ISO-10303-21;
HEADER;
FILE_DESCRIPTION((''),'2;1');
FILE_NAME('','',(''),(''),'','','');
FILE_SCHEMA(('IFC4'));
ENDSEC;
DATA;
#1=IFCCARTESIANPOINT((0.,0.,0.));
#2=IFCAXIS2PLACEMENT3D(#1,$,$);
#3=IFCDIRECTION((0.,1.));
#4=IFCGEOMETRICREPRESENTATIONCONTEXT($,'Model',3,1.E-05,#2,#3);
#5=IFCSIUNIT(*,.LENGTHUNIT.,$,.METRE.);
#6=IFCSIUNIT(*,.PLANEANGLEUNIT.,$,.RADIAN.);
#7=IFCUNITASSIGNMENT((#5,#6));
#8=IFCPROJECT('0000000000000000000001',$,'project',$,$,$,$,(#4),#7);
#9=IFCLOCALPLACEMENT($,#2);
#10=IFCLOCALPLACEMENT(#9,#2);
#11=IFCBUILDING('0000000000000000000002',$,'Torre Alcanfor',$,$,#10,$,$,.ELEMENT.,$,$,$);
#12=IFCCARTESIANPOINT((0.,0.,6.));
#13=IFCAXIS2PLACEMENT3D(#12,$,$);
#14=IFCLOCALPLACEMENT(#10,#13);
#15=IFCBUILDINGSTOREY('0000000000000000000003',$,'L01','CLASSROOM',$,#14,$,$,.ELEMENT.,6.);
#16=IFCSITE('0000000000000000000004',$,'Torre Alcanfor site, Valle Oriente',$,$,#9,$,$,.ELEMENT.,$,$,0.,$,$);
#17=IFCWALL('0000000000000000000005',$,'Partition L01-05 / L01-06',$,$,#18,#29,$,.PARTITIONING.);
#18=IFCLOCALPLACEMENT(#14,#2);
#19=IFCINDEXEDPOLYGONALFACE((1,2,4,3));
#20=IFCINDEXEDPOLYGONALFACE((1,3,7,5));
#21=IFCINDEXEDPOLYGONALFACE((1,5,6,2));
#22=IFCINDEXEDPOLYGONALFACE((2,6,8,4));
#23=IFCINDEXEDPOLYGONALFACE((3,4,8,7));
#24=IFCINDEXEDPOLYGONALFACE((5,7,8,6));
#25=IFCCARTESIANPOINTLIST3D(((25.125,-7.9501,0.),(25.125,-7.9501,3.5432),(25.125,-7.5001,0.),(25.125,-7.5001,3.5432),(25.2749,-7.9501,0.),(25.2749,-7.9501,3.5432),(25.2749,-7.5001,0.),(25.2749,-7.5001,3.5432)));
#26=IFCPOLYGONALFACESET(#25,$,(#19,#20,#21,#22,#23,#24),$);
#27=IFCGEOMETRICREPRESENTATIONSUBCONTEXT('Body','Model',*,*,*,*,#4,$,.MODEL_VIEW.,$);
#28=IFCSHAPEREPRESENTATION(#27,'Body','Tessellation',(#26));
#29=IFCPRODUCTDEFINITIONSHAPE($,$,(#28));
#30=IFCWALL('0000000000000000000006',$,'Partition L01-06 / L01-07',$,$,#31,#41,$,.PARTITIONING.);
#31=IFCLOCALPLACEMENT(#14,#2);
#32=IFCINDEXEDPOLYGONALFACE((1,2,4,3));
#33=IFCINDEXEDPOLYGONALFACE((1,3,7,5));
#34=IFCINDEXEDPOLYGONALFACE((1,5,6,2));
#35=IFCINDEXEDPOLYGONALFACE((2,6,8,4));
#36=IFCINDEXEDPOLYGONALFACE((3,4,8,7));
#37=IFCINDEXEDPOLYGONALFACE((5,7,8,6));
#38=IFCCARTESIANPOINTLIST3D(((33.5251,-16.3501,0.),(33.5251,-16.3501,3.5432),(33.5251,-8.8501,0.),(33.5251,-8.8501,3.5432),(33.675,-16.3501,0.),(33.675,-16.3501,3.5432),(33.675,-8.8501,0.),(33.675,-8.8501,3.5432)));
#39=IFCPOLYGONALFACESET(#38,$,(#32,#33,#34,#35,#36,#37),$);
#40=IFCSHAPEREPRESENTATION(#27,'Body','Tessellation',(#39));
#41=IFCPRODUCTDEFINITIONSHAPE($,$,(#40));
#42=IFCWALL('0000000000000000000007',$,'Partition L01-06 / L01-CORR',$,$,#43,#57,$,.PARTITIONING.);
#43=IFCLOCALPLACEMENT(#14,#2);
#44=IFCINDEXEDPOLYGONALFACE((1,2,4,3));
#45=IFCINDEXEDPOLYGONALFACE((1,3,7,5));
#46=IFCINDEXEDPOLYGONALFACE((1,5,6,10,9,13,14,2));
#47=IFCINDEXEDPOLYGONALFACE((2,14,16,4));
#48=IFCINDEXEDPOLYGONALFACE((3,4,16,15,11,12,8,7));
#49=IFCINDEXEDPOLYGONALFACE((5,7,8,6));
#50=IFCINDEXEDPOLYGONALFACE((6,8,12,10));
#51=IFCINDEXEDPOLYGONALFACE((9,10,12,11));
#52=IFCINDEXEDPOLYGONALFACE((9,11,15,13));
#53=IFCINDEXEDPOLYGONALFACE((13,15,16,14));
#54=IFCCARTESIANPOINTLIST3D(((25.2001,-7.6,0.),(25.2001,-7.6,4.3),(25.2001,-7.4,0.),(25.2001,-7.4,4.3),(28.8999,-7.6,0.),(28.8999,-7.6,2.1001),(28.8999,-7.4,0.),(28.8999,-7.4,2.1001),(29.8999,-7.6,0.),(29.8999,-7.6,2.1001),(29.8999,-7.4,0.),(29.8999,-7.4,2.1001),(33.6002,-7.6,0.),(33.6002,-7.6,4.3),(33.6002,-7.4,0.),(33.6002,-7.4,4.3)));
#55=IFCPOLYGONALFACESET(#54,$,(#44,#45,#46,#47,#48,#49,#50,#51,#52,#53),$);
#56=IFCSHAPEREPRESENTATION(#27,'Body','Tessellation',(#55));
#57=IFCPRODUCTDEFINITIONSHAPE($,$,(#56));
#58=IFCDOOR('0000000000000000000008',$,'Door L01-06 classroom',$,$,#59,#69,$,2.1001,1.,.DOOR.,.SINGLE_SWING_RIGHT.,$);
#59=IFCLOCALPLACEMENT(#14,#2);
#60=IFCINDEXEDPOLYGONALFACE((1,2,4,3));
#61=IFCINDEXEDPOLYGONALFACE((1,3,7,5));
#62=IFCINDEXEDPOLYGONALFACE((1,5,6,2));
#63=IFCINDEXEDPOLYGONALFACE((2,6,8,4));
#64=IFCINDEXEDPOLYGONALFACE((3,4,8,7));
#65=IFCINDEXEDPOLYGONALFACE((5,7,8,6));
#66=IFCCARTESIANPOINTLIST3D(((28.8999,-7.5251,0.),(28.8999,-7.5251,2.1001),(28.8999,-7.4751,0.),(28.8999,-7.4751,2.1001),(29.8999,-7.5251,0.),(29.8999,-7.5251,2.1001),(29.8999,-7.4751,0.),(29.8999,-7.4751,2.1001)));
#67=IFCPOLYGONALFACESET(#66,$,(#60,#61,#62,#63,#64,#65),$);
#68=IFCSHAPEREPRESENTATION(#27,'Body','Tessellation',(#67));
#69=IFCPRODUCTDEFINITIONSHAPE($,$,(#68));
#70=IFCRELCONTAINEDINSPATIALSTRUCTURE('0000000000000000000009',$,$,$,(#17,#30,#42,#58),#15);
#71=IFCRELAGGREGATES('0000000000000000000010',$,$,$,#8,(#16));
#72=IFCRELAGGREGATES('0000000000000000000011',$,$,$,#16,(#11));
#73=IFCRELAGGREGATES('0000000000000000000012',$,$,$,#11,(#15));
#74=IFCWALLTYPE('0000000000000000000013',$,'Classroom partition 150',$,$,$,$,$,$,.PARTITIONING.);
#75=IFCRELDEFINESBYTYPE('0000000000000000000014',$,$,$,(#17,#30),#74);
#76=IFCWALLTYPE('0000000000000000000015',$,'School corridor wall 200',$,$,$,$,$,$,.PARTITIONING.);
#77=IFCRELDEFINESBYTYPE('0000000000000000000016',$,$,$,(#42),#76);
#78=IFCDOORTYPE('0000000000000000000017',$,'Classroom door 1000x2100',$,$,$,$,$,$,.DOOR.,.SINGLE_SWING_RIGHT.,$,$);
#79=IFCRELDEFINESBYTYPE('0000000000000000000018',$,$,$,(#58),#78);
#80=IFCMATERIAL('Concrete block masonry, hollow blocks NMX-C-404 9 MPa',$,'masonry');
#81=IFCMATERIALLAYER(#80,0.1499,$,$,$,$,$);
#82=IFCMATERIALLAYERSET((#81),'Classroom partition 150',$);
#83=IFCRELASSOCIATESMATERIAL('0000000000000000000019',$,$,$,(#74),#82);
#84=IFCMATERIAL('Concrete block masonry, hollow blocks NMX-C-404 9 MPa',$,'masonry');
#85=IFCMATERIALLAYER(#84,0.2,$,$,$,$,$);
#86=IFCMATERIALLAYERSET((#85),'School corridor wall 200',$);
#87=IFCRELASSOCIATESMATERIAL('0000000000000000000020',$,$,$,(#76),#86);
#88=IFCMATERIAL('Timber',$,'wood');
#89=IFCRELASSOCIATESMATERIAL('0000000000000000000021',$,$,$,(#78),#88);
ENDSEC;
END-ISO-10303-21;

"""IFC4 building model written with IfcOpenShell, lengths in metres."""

from ifc_helpers import new_model, si_unit, direction, frame, frame_2d, origin, place, context, subcontext, project, spatial, rectangle, extrude, material, layer, layer_set, type_object, element, fill, save


model = new_model("IFC4")

# Units and contexts
model_context = context("Model", 3, precision=1e-05, world=origin(), true_north=direction((0.0, 1.0)))
body_context = subcontext(model_context, "Body", "Model", "MODEL_VIEW")
ifc_project = project(units=[si_unit("LENGTHUNIT", "METRE"), si_unit("PLANEANGLEUNIT", "RADIAN")], contexts=[model_context])

# Site, building, storey
site_placement = place(None, origin())
site = spatial("IfcSite", under=ifc_project, at=site_placement, Name="Torre Alcanfor site, Valle Oriente", CompositionType="ELEMENT", RefElevation=0.0)
building_placement = place(site_placement, origin())
building = spatial("IfcBuilding", under=site, at=building_placement, Name="Torre Alcanfor", CompositionType="ELEMENT")
storey_placement = place(building_placement, frame((0.0, 0.0, 6.0)))
storey = spatial("IfcBuildingStorey", under=building, at=storey_placement, Name="L01", Description="CLASSROOM", CompositionType="ELEMENT", Elevation=6.0)

# Walls
ifc_material_1 = material(Name="Concrete block masonry, hollow blocks NMX-C-404 9 MPa", Category="masonry")
ifc_layer_1 = layer(ifc_material_1, 0.1499)
ifc_layer_set_1 = layer_set([ifc_layer_1], Name="Classroom partition 150")
wall_type_1 = type_object("IfcWallType", Name="Classroom partition 150", PredefinedType="PARTITIONING", material=ifc_layer_set_1)
wall_1_placement = place(storey_placement, frame((25.2, -7.5, 0.0), z_axis=(0.0, 0.0, 1.0), x_axis=(0.0, -1.0, 0.0)))
element("IfcWall", 1, at=wall_1_placement, inside=storey, type_object=wall_type_1, Name="Partition L01-05 / L01-06", PredefinedType="PARTITIONING", context=body_context, shape_type="SweptSolid", body=[
    extrude(rectangle(XDim=0.45, YDim=0.1499, at=frame_2d((0.2251, 0.0))), origin(), (0.0, 0.0, 1.0), 3.5432),
])
wall_2_placement = place(storey_placement, frame((33.6001, -8.8501, 0.0), z_axis=(0.0, 0.0, 1.0), x_axis=(0.0, -1.0, 0.0)))
element("IfcWall", 2, at=wall_2_placement, inside=storey, type_object=wall_type_1, Name="Partition L01-06 / L01-07", PredefinedType="PARTITIONING", context=body_context, shape_type="SweptSolid", body=[
    extrude(rectangle(XDim=7.5, YDim=0.1499, at=frame_2d((3.75, 0.0))), origin(), (0.0, 0.0, 1.0), 3.5432),
])

# Wall, opening, door
ifc_material_2 = material(Name="Concrete block masonry, hollow blocks NMX-C-404 9 MPa", Category="masonry")
ifc_layer_2 = layer(ifc_material_2, 0.2)
ifc_layer_set_2 = layer_set([ifc_layer_2], Name="School corridor wall 200")
wall_type_2 = type_object("IfcWallType", Name="School corridor wall 200", PredefinedType="PARTITIONING", material=ifc_layer_set_2)
wall_3_placement = place(storey_placement, frame((25.2, -7.5, 0.0), z_axis=(0.0, 0.0, 1.0), x_axis=(1.0, 0.0, 0.0)))
wall_3 = element("IfcWall", 3, at=wall_3_placement, inside=storey, type_object=wall_type_2, Name="Partition L01-06 / L01-CORR", PredefinedType="PARTITIONING", context=body_context, shape_type="SweptSolid", body=[
    extrude(rectangle(XDim=8.4001, YDim=0.2, at=frame_2d((4.2002, 0.0))), origin(), (0.0, 0.0, 1.0), 4.3),
])
opening_placement = place(wall_3_placement, frame((3.7, 0.0, 0.0)))
opening = element("IfcOpeningElement", 4, at=opening_placement, cuts=wall_3, PredefinedType="OPENING", context=body_context, shape_type="SweptSolid", body=[
    extrude(rectangle(XDim=1.0, YDim=2.1001, at=frame_2d((0.5, 1.05))), frame((0.0, 0.1099, 0.0), z_axis=(0.0, -1.0, 0.0), x_axis=(1.0, 0.0, 0.0)), (0.0, 0.0, 1.0), 0.22),
])
ifc_material_3 = material(Name="Timber", Category="wood")
door_type = type_object("IfcDoorType", Name="Classroom door 1000x2100", OperationType="SINGLE_SWING_RIGHT", PredefinedType="DOOR", material=ifc_material_3)
door_placement = place(opening_placement, frame((1.0, 0.0, 0.0), z_axis=(0.0, 0.0, 1.0), x_axis=(-1.0, 0.0, 0.0)))
door = element("IfcDoor", 5, at=door_placement, inside=storey, type_object=door_type, Name="Door L01-06 classroom", OperationType="SINGLE_SWING_RIGHT", OverallHeight=2.1001, OverallWidth=1.0, PredefinedType="DOOR", context=body_context, shape_type="SweptSolid", body=[
    extrude(rectangle(XDim=1.0, YDim=2.1001, at=frame_2d((0.5, 1.05))), frame((0.0, 0.0251, 0.0), z_axis=(0.0, -1.0, 0.0), x_axis=(1.0, 0.0, 0.0)), (0.0, 0.0, 1.0), 0.05),
])
fill(opening, door)

save(model, "model.ifc")
